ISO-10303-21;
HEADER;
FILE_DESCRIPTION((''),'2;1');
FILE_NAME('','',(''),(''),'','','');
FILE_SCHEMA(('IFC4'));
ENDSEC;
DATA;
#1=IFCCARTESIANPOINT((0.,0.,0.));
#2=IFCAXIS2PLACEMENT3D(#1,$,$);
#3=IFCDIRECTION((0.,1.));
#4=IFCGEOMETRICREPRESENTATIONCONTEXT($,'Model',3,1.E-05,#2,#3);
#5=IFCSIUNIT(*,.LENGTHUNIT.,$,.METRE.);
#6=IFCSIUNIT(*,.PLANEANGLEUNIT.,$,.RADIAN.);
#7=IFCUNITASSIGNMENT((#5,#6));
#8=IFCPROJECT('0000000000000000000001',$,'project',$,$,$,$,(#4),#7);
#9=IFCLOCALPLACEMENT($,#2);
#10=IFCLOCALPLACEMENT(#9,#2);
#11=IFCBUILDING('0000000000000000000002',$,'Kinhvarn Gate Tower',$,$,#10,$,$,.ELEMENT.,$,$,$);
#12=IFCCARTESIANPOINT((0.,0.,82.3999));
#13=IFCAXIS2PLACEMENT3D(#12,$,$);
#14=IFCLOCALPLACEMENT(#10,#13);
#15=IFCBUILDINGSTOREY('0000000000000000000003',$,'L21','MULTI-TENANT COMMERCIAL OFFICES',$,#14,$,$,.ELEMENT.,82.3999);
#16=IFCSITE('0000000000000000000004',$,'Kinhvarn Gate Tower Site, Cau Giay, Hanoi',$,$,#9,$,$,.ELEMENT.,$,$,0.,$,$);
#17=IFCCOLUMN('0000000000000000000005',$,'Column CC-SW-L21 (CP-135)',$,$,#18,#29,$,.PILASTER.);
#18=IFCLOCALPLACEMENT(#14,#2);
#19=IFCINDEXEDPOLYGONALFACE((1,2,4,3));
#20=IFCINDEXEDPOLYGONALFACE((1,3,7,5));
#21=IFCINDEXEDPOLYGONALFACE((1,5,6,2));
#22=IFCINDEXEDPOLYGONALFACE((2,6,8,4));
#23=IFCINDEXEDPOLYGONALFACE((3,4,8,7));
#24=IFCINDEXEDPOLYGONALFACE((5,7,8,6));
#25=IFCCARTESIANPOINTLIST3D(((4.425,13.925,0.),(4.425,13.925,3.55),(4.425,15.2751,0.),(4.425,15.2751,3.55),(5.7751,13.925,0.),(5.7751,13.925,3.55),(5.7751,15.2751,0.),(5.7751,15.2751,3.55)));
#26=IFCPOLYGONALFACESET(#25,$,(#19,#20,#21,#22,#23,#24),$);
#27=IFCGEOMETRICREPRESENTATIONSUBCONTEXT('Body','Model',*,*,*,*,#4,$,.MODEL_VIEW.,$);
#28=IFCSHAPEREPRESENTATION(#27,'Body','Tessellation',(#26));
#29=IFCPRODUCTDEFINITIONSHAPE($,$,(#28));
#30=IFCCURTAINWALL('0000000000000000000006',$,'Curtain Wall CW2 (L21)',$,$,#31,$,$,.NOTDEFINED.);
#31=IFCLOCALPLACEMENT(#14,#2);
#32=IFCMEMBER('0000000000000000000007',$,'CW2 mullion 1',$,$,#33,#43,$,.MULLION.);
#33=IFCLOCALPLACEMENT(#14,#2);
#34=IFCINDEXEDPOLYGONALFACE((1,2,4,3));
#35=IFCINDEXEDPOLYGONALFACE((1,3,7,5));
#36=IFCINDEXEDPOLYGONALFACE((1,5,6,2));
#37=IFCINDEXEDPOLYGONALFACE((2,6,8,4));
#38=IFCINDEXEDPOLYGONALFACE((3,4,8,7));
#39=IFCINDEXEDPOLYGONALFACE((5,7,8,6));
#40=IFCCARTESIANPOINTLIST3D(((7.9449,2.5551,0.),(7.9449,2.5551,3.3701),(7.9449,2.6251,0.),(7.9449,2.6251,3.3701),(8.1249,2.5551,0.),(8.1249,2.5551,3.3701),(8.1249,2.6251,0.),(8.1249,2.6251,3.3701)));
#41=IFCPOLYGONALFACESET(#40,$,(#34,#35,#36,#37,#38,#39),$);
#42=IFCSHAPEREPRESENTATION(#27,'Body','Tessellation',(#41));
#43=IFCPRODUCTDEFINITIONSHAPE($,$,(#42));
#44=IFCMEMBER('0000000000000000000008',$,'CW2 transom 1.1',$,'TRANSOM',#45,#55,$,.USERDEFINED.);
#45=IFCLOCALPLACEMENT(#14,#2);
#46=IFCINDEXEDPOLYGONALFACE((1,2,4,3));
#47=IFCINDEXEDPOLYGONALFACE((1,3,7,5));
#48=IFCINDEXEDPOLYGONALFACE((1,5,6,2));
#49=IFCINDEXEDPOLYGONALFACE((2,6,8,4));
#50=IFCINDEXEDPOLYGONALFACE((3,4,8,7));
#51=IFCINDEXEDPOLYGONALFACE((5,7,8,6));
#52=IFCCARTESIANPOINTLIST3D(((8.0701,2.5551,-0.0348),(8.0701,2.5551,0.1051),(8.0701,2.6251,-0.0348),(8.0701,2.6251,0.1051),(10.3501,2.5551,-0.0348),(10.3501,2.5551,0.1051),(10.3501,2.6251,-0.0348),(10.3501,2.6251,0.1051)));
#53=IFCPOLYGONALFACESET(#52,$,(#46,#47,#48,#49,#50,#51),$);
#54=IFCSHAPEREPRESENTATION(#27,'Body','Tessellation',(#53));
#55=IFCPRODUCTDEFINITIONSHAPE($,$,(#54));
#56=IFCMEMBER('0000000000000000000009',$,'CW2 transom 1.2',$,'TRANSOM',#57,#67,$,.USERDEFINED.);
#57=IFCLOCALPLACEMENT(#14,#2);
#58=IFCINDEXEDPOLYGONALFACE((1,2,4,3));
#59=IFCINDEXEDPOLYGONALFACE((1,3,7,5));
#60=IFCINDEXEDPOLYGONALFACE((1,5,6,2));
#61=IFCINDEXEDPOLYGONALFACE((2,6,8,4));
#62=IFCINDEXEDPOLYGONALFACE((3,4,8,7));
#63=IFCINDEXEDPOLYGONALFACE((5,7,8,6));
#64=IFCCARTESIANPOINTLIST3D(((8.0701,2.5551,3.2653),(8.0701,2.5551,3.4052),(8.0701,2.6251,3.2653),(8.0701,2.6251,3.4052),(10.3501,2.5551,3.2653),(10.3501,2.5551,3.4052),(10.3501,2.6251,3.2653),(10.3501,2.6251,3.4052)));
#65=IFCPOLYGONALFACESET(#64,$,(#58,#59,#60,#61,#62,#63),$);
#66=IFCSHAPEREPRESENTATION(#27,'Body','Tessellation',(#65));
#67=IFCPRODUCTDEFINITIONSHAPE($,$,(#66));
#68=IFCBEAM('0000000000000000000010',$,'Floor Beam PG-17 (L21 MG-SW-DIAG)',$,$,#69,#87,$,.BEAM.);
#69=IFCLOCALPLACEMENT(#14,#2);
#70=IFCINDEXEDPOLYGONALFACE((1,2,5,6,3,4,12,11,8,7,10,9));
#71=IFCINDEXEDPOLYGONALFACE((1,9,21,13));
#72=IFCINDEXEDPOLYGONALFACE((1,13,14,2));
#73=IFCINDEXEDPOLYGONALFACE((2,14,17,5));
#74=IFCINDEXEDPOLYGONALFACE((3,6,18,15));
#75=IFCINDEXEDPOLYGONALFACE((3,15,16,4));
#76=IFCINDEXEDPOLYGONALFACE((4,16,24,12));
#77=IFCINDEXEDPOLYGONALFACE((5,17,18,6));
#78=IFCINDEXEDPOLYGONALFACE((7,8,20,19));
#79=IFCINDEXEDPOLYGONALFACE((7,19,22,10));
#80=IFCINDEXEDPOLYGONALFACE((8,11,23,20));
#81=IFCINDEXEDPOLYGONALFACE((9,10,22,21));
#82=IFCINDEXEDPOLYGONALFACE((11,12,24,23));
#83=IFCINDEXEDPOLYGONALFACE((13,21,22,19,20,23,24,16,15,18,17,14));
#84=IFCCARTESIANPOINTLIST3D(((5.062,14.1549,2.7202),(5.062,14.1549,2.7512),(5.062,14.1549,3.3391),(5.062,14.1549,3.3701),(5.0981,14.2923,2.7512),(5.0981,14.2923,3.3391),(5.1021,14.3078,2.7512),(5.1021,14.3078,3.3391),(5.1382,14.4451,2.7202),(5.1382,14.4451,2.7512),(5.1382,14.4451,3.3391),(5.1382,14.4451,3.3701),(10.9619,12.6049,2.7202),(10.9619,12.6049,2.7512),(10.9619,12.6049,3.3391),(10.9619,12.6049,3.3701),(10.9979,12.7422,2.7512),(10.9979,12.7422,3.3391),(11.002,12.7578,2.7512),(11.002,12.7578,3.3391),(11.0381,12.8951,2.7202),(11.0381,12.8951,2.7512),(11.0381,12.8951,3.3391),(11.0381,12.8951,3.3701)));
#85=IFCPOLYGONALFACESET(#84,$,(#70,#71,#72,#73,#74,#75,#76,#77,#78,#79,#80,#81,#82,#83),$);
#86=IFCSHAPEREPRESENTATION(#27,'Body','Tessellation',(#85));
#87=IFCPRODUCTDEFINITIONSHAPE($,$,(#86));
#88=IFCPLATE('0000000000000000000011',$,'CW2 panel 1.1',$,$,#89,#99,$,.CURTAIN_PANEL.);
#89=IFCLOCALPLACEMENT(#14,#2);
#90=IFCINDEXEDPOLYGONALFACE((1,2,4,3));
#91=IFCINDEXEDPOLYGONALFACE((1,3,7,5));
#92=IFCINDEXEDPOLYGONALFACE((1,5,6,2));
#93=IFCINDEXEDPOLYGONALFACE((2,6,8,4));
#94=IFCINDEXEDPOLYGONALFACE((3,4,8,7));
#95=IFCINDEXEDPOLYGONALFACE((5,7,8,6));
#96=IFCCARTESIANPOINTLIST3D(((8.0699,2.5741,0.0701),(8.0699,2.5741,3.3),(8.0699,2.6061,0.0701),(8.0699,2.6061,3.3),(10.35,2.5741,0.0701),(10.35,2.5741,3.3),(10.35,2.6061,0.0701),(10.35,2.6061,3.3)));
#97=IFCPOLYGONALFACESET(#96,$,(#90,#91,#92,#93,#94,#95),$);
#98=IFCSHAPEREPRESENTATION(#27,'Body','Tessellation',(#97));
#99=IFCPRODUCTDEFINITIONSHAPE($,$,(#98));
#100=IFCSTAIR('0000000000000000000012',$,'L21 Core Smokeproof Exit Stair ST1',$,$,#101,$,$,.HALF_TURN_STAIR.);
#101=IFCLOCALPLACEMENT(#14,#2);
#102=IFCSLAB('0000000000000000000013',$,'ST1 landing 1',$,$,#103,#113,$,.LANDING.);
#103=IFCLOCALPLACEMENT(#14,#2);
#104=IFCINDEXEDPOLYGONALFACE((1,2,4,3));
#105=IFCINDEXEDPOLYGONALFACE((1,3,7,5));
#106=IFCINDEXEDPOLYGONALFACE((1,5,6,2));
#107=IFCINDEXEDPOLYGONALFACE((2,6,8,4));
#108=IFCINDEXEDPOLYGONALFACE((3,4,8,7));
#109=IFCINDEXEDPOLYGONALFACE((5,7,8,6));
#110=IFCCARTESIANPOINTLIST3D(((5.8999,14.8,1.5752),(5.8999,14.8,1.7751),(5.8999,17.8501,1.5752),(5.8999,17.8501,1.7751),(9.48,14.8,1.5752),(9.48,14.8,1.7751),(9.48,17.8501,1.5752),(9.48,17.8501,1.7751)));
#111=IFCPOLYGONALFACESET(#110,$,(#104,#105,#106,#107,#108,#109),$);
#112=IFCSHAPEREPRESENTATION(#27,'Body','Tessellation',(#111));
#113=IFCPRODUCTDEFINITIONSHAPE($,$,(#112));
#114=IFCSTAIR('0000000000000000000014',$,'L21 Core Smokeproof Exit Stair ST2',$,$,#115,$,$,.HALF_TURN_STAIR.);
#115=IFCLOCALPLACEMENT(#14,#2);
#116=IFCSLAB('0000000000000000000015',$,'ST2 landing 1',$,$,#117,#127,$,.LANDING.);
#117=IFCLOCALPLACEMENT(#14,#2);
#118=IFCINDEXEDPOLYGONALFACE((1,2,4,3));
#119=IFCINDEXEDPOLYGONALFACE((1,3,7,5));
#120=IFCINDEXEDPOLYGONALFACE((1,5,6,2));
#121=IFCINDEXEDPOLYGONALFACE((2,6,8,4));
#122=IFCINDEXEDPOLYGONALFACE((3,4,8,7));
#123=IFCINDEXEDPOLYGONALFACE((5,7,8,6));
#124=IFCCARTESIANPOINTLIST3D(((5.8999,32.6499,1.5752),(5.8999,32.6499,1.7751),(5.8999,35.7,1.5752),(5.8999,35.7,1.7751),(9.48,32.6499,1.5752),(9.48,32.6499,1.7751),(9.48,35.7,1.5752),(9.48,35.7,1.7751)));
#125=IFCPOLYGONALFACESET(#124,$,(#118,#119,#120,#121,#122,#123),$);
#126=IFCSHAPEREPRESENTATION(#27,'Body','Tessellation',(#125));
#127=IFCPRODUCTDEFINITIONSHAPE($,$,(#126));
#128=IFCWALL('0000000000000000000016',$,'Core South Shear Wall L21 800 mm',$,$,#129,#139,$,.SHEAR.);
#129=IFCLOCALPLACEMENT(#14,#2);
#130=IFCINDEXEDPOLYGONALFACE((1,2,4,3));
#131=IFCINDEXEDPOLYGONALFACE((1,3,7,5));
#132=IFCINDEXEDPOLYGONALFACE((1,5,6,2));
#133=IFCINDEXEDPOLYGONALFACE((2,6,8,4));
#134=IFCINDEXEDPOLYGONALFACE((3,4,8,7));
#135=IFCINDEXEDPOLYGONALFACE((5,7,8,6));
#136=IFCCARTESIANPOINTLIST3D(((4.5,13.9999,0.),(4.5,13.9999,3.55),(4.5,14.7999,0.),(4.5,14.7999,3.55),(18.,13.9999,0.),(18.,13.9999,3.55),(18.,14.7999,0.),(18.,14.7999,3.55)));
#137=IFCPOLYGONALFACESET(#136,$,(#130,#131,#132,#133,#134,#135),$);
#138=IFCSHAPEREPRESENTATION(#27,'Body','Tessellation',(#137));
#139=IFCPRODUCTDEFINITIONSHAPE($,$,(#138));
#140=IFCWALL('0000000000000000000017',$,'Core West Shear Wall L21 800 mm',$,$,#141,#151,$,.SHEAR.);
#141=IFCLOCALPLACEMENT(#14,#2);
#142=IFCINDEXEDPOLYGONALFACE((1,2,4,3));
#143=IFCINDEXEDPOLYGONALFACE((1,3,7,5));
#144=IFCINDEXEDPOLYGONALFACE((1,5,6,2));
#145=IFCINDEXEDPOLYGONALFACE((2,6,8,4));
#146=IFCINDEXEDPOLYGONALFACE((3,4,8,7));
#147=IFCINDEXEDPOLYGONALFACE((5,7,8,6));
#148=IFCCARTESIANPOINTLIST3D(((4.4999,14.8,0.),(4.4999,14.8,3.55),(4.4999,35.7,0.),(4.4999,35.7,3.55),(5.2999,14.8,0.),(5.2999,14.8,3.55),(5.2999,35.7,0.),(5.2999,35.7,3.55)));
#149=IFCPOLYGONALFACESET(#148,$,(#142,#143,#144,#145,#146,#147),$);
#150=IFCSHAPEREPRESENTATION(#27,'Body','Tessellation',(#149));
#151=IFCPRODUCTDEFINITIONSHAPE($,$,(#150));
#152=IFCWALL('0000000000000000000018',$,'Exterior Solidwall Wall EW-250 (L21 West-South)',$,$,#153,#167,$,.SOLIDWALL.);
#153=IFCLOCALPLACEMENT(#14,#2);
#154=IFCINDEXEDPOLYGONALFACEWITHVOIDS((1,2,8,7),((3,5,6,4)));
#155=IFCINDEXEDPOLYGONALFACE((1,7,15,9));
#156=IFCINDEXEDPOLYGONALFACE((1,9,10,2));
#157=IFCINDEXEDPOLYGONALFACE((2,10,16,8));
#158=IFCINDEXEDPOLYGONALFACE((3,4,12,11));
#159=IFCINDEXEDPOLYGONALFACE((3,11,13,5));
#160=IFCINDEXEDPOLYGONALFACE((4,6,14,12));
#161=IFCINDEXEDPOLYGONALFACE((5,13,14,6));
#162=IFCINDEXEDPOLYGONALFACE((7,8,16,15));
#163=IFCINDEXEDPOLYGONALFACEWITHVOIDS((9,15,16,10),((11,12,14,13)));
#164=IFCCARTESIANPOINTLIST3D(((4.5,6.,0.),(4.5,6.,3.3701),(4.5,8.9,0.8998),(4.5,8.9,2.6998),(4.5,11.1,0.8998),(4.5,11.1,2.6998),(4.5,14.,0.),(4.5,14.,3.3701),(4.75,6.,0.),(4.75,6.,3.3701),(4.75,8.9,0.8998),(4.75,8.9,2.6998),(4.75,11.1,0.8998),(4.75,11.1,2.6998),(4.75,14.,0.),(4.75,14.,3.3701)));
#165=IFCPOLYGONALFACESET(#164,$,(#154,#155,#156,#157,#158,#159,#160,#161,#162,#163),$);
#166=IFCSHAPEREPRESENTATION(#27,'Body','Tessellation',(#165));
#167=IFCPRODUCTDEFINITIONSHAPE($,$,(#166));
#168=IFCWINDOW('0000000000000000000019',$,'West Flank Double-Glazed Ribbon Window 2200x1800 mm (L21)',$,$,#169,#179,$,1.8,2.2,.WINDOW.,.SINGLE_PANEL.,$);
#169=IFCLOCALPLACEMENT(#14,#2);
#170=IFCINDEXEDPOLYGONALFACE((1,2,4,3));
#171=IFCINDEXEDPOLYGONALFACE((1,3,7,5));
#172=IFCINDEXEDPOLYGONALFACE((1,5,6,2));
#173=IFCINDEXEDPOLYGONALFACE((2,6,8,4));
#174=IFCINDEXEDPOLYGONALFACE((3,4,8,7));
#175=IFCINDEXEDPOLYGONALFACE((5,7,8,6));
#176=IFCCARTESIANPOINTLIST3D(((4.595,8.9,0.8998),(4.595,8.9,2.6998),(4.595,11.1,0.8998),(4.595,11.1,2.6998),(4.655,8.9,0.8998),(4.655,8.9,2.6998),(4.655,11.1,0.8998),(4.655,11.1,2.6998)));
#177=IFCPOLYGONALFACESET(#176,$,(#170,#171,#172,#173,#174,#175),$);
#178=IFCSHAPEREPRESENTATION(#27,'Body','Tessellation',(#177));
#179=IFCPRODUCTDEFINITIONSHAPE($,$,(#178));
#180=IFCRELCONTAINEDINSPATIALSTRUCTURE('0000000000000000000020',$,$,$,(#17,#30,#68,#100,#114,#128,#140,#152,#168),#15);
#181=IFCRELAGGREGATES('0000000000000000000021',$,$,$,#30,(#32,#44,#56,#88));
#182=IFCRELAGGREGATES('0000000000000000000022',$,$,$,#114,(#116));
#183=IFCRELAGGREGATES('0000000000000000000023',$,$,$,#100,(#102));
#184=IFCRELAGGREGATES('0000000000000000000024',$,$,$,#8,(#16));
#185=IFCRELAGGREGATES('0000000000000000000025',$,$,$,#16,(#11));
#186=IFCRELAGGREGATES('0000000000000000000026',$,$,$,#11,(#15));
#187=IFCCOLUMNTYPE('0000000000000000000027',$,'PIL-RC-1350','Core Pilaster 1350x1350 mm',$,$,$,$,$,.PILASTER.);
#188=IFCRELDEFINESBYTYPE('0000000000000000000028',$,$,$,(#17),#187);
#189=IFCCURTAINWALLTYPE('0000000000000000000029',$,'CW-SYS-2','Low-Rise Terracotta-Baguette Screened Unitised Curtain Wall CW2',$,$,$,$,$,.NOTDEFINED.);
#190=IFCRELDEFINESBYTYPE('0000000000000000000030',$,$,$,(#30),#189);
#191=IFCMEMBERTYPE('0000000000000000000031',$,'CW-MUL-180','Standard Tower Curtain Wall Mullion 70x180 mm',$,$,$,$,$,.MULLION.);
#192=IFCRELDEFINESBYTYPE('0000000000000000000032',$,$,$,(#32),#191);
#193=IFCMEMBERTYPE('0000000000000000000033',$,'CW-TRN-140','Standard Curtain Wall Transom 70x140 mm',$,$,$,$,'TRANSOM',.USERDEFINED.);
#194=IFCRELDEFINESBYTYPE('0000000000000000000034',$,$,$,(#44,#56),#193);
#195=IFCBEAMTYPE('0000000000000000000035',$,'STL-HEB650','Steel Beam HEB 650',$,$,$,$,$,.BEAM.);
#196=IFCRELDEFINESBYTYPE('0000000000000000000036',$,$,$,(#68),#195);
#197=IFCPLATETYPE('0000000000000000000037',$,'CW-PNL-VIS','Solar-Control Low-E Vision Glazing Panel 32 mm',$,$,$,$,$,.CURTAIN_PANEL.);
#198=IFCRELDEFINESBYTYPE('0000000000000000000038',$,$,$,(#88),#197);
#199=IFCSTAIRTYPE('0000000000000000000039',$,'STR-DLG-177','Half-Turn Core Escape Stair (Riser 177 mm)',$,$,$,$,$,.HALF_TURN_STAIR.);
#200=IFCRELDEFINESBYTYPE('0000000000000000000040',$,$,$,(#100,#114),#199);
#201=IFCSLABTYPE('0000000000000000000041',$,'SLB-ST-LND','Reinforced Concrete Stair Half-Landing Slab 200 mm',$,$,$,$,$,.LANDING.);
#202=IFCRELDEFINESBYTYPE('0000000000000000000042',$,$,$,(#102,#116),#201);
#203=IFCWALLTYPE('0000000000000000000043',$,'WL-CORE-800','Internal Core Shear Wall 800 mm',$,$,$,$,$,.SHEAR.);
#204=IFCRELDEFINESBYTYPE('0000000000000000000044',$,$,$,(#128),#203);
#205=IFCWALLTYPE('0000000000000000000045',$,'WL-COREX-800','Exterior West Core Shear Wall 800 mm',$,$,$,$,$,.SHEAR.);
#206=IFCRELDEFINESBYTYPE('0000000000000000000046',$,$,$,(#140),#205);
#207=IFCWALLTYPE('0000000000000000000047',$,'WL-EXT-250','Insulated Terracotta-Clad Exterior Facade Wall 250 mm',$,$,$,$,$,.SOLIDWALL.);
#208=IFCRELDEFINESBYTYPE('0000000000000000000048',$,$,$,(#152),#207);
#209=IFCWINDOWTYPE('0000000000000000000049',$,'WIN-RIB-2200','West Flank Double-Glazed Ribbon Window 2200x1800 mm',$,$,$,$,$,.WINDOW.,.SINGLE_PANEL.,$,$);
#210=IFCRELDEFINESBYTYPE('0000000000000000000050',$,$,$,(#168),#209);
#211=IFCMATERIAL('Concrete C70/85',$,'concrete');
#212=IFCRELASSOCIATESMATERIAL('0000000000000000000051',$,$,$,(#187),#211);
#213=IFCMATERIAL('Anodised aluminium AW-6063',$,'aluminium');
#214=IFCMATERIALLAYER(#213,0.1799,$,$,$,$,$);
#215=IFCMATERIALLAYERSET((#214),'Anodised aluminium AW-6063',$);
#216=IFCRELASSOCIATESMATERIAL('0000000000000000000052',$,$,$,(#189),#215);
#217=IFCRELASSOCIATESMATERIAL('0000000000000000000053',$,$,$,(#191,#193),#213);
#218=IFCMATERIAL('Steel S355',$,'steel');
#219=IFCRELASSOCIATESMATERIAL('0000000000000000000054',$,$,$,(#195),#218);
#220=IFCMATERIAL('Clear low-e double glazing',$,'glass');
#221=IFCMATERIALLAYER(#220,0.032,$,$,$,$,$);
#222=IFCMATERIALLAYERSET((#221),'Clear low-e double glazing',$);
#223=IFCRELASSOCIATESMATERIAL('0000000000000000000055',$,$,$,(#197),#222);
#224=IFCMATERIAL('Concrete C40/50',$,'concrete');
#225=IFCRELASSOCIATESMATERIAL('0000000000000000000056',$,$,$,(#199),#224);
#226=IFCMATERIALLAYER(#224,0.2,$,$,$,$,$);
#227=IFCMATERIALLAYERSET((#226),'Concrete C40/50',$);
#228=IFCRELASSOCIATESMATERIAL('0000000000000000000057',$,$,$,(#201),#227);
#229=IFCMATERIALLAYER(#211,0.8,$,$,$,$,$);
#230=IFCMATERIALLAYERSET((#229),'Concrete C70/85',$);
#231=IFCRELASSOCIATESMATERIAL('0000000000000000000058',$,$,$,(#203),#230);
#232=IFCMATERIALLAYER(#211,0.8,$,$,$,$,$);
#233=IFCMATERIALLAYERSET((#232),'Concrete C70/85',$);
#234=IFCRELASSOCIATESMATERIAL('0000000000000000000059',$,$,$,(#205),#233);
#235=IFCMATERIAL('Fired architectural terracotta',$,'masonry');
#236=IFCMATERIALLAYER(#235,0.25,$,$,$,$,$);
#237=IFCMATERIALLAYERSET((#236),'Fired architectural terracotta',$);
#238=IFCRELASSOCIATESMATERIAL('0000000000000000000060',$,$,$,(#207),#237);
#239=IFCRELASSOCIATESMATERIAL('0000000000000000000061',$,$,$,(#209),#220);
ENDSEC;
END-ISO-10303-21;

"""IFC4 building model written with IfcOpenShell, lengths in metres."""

from ifc_helpers import new_model, si_unit, direction, frame, frame_2d, origin, origin_2d, place, context, subcontext, project, spatial, polyline, rectangle, i_section, outline, extrude, material, layer, layer_set, material_profile, profile_set, type_object, element, fill, aggregate, save


model = new_model("IFC4")

# Units and contexts
model_context = context("Model", 3, precision=1e-05, world=origin(), true_north=direction((0.0, 1.0)))
body_context = subcontext(model_context, "Body", "Model", "MODEL_VIEW")
ifc_project = project(units=[si_unit("LENGTHUNIT", "METRE"), si_unit("PLANEANGLEUNIT", "RADIAN")], contexts=[model_context])

# Site, building, storey
site_placement = place(None, origin())
site = spatial("IfcSite", under=ifc_project, at=site_placement, Name="Kinhvarn Gate Tower Site, Cau Giay, Hanoi", CompositionType="ELEMENT", RefElevation=0.0)
building_placement = place(site_placement, origin())
building = spatial("IfcBuilding", under=site, at=building_placement, Name="Kinhvarn Gate Tower", CompositionType="ELEMENT")
storey_placement = place(building_placement, frame((0.0, 0.0, 82.3999)))
storey = spatial("IfcBuildingStorey", under=building, at=storey_placement, Name="L21", Description="MULTI-TENANT COMMERCIAL OFFICES", CompositionType="ELEMENT", Elevation=82.3999)

# Column
ifc_material_1 = material(Name="Concrete C70/85", Category="concrete")
ifc_material_profile_1 = material_profile(ifc_material_1, rectangle(XDim=1.3501, YDim=1.3501, at=origin_2d()), Name="RC 1350x1350")
ifc_profile_set_1 = profile_set([ifc_material_profile_1], Name="Concrete C70/85")
column_type = type_object("IfcColumnType", Name="PIL-RC-1350", Description="Core Pilaster 1350x1350 mm", PredefinedType="PILASTER", material=ifc_profile_set_1)
column_placement = place(storey_placement, frame((5.1001, 14.6001, 0.0), z_axis=(0.0, 0.0, 1.0), x_axis=(1.0, 0.0, 0.0)))
element("IfcColumn", 1, at=column_placement, inside=storey, type_object=column_type, Name="Column CC-SW-L21 (CP-135)", PredefinedType="PILASTER", context=body_context, shape_type="SweptSolid", body=[
    extrude(rectangle(XDim=1.3501, YDim=1.3501, at=origin_2d()), origin(), (0.0, 0.0, 1.0), 3.55),
])

# Curtain wall, members
ifc_material_2 = material(Name="Anodised aluminium AW-6063", Category="aluminium")
ifc_layer_1 = layer(ifc_material_2, 0.1799)
ifc_layer_set_1 = layer_set([ifc_layer_1], Name="Anodised aluminium AW-6063")
curtain_wall_type = type_object("IfcCurtainWallType", Name="CW-SYS-2", Description="Low-Rise Terracotta-Baguette Screened Unitised Curtain Wall CW2", PredefinedType="NOTDEFINED", material=ifc_layer_set_1)
curtain_wall_placement = place(storey_placement, origin())
curtain_wall = element("IfcCurtainWall", 2, at=curtain_wall_placement, inside=storey, type_object=curtain_wall_type, Name="Curtain Wall CW2 (L21)", PredefinedType="NOTDEFINED")
ifc_material_profile_2 = material_profile(ifc_material_2, rectangle(XDim=0.0701, YDim=0.1799, at=origin_2d()), Name="ALU 70x180")
ifc_profile_set_2 = profile_set([ifc_material_profile_2], Name="Anodised aluminium AW-6063")
member_type_1 = type_object("IfcMemberType", Name="CW-MUL-180", Description="Standard Tower Curtain Wall Mullion 70x180 mm", PredefinedType="MULLION", material=ifc_profile_set_2)
member_1_placement = place(storey_placement, frame((8.0349, 2.5901, 0.0), z_axis=(0.0, 0.0, 1.0), x_axis=(0.0, 1.0, 0.0)))
member_1 = element("IfcMember", 3, at=member_1_placement, type_object=member_type_1, Name="CW2 mullion 1", PredefinedType="MULLION", context=body_context, shape_type="SweptSolid", body=[
    extrude(rectangle(XDim=0.0701, YDim=0.1799, at=origin_2d()), origin(), (0.0, 0.0, 1.0), 3.3701),
])
ifc_material_profile_3 = material_profile(ifc_material_2, rectangle(XDim=0.0701, YDim=0.1399, at=origin_2d()), Name="ALU 70x140")
ifc_profile_set_3 = profile_set([ifc_material_profile_3], Name="Anodised aluminium AW-6063")
member_type_2 = type_object("IfcMemberType", Name="CW-TRN-140", Description="Standard Curtain Wall Transom 70x140 mm", ElementType="TRANSOM", PredefinedType="USERDEFINED", material=ifc_profile_set_3)
member_2_placement = place(storey_placement, frame((8.0701, 2.5901, 0.0352), z_axis=(1.0, 0.0, 0.0), x_axis=(0.0, 1.0, 0.0)))
member_2 = element("IfcMember", 4, at=member_2_placement, type_object=member_type_2, Name="CW2 transom 1.1", ObjectType="TRANSOM", PredefinedType="USERDEFINED", context=body_context, shape_type="SweptSolid", body=[
    extrude(rectangle(XDim=0.0701, YDim=0.1399, at=origin_2d()), origin(), (0.0, 0.0, 1.0), 2.28),
])
member_3_placement = place(storey_placement, frame((8.0701, 2.5901, 3.3352), z_axis=(1.0, 0.0, 0.0), x_axis=(0.0, 1.0, 0.0)))
member_3 = element("IfcMember", 5, at=member_3_placement, type_object=member_type_2, Name="CW2 transom 1.2", ObjectType="TRANSOM", PredefinedType="USERDEFINED", context=body_context, shape_type="SweptSolid", body=[
    extrude(rectangle(XDim=0.0701, YDim=0.1399, at=origin_2d()), origin(), (0.0, 0.0, 1.0), 2.28),
])

# Beam
ifc_material_3 = material(Name="Steel S355", Category="steel")
ifc_material_profile_4 = material_profile(ifc_material_3, i_section(OverallWidth=0.3, OverallDepth=0.6499, WebThickness=0.0161, FlangeThickness=0.031, at=origin_2d()), Name="HEB 650")
ifc_profile_set_4 = profile_set([ifc_material_profile_4], Name="Steel S355")
beam_type = type_object("IfcBeamType", Name="STL-HEB650", Description="Steel Beam HEB 650", PredefinedType="BEAM", material=ifc_profile_set_4)
beam_placement = place(storey_placement, frame((5.1001, 14.3, 3.0452), z_axis=(0.967178, -0.254101, 0.0), x_axis=(0.254101, 0.967178, 0.0)))
element("IfcBeam", 6, at=beam_placement, inside=storey, type_object=beam_type, Name="Floor Beam PG-17 (L21 MG-SW-DIAG)", PredefinedType="BEAM", context=body_context, shape_type="SweptSolid", body=[
    extrude(i_section(OverallWidth=0.3, OverallDepth=0.6499, WebThickness=0.0161, FlangeThickness=0.031, at=origin_2d()), origin(), (0.0, 0.0, 1.0), 6.1001),
])

# Plate
ifc_material_4 = material(Name="Clear low-e double glazing", Category="glass")
ifc_layer_2 = layer(ifc_material_4, 0.032)
ifc_layer_set_2 = layer_set([ifc_layer_2], Name="Clear low-e double glazing")
plate_type = type_object("IfcPlateType", Name="CW-PNL-VIS", Description="Solar-Control Low-E Vision Glazing Panel 32 mm", PredefinedType="CURTAIN_PANEL", material=ifc_layer_set_2)
plate_placement = place(storey_placement, frame((9.21, 2.5901, 0.0701), z_axis=(0.0, 0.0, 1.0), x_axis=(1.0, 0.0, 0.0)))
plate = element("IfcPlate", 7, at=plate_placement, type_object=plate_type, Name="CW2 panel 1.1", PredefinedType="CURTAIN_PANEL", context=body_context, shape_type="SweptSolid", body=[
    extrude(rectangle(XDim=2.28, YDim=0.032, at=origin_2d()), origin(), (0.0, 0.0, 1.0), 3.23),
])
aggregate(curtain_wall, [member_1, member_2, member_3, plate])

# Stairs, slabs
ifc_material_5 = material(Name="Concrete C40/50", Category="concrete")
stair_type = type_object("IfcStairType", Name="STR-DLG-177", Description="Half-Turn Core Escape Stair (Riser 177 mm)", PredefinedType="HALF_TURN_STAIR", material=ifc_material_5)
stair_1_placement = place(storey_placement, origin())
stair_1 = element("IfcStair", 8, at=stair_1_placement, inside=storey, type_object=stair_type, Name="L21 Core Smokeproof Exit Stair ST1", PredefinedType="HALF_TURN_STAIR")
ifc_layer_3 = layer(ifc_material_5, 0.2)
ifc_layer_set_3 = layer_set([ifc_layer_3], Name="Concrete C40/50")
slab_type = type_object("IfcSlabType", Name="SLB-ST-LND", Description="Reinforced Concrete Stair Half-Landing Slab 200 mm", PredefinedType="LANDING", material=ifc_layer_set_3)
slab_1_placement = place(storey_placement, frame((0.0, 0.0, 1.5752)))
slab_1 = element("IfcSlab", 9, at=slab_1_placement, type_object=slab_type, Name="ST1 landing 1", PredefinedType="LANDING", context=body_context, shape_type="SweptSolid", body=[
    extrude(outline(polyline([(9.48, 17.8501), (5.8999, 17.8501), (5.8999, 14.8), (9.48, 14.8), (9.48, 17.8501)])), origin(), (0.0, 0.0, 1.0), 0.2),
])
stair_2_placement = place(storey_placement, origin())
stair_2 = element("IfcStair", 10, at=stair_2_placement, inside=storey, type_object=stair_type, Name="L21 Core Smokeproof Exit Stair ST2", PredefinedType="HALF_TURN_STAIR")
slab_2_placement = place(storey_placement, frame((0.0, 0.0, 1.5752)))
slab_2 = element("IfcSlab", 11, at=slab_2_placement, type_object=slab_type, Name="ST2 landing 1", PredefinedType="LANDING", context=body_context, shape_type="SweptSolid", body=[
    extrude(outline(polyline([(9.48, 35.7), (5.8999, 35.7), (5.8999, 32.6499), (9.48, 32.6499), (9.48, 35.7)])), origin(), (0.0, 0.0, 1.0), 0.2),
])
aggregate(stair_2, [slab_2])

# Walls
ifc_layer_4 = layer(ifc_material_1, 0.8)
ifc_layer_set_4 = layer_set([ifc_layer_4], Name="Concrete C70/85")
wall_type_1 = type_object("IfcWallType", Name="WL-CORE-800", Description="Internal Core Shear Wall 800 mm", PredefinedType="SHEAR", material=ifc_layer_set_4)
wall_1_placement = place(storey_placement, frame((4.5, 14.3999, 0.0), z_axis=(0.0, 0.0, 1.0), x_axis=(1.0, 0.0, 0.0)))
element("IfcWall", 12, at=wall_1_placement, inside=storey, type_object=wall_type_1, Name="Core South Shear Wall L21 800 mm", PredefinedType="SHEAR", context=body_context, shape_type="SweptSolid", body=[
    extrude(rectangle(XDim=13.5, YDim=0.8, at=frame_2d((6.75, 0.0))), origin(), (0.0, 0.0, 1.0), 3.55),
])
ifc_layer_5 = layer(ifc_material_1, 0.8)
ifc_layer_set_5 = layer_set([ifc_layer_5], Name="Concrete C70/85")
wall_type_2 = type_object("IfcWallType", Name="WL-COREX-800", Description="Exterior West Core Shear Wall 800 mm", PredefinedType="SHEAR", material=ifc_layer_set_5)
wall_2_placement = place(storey_placement, frame((4.8999, 14.8, 0.0), z_axis=(0.0, 0.0, 1.0), x_axis=(0.0, 1.0, 0.0)))
element("IfcWall", 13, at=wall_2_placement, inside=storey, type_object=wall_type_2, Name="Core West Shear Wall L21 800 mm", PredefinedType="SHEAR", context=body_context, shape_type="SweptSolid", body=[
    extrude(rectangle(XDim=20.8999, YDim=0.8, at=frame_2d((10.45, 0.0))), origin(), (0.0, 0.0, 1.0), 3.55),
])

# Wall, opening, window
ifc_material_6 = material(Name="Fired architectural terracotta", Category="masonry")
ifc_layer_6 = layer(ifc_material_6, 0.25)
ifc_layer_set_6 = layer_set([ifc_layer_6], Name="Fired architectural terracotta")
wall_type_3 = type_object("IfcWallType", Name="WL-EXT-250", Description="Insulated Terracotta-Clad Exterior Facade Wall 250 mm", PredefinedType="SOLIDWALL", material=ifc_layer_set_6)
wall_3_placement = place(storey_placement, frame((4.625, 14.0, 0.0), z_axis=(0.0, 0.0, 1.0), x_axis=(0.0, -1.0, 0.0)))
wall_3 = element("IfcWall", 14, at=wall_3_placement, inside=storey, type_object=wall_type_3, Name="Exterior Solidwall Wall EW-250 (L21 West-South)", PredefinedType="SOLIDWALL", context=body_context, shape_type="SweptSolid", body=[
    extrude(rectangle(XDim=8.0, YDim=0.25, at=frame_2d((4.0, 0.0))), origin(), (0.0, 0.0, 1.0), 3.3701),
])
opening_1_placement = place(wall_3_placement, frame((2.8999, 0.0, 0.8999)))
opening_1 = element("IfcOpeningElement", 15, at=opening_1_placement, cuts=wall_3, PredefinedType="OPENING", context=body_context, shape_type="SweptSolid", body=[
    extrude(rectangle(XDim=2.2, YDim=1.8, at=frame_2d((1.1001, 0.8999))), frame((0.0, 0.135, 0.0), z_axis=(0.0, -1.0, 0.0), x_axis=(1.0, 0.0, 0.0)), (0.0, 0.0, 1.0), 0.27),
])
window_type_1 = type_object("IfcWindowType", Name="WIN-RIB-2200", Description="West Flank Double-Glazed Ribbon Window 2200x1800 mm", PartitioningType="SINGLE_PANEL", PredefinedType="WINDOW", material=ifc_material_4)
window_1_placement = place(opening_1_placement, origin())
window_1 = element("IfcWindow", 16, at=window_1_placement, inside=storey, type_object=window_type_1, Name="West Flank Double-Glazed Ribbon Window 2200x1800 mm (L21)", OverallHeight=1.8, OverallWidth=2.2, PartitioningType="SINGLE_PANEL", PredefinedType="WINDOW", context=body_context, shape_type="SweptSolid", body=[
    extrude(rectangle(XDim=2.2, YDim=1.8, at=frame_2d((1.1001, 0.8999))), frame((0.0, 0.03, 0.0), z_axis=(0.0, -1.0, 0.0), x_axis=(1.0, 0.0, 0.0)), (0.0, 0.0, 1.0), 0.0601),
])
fill(opening_1, window_1)

aggregate(stair_1, [slab_1])

save(model, "model.ifc")
